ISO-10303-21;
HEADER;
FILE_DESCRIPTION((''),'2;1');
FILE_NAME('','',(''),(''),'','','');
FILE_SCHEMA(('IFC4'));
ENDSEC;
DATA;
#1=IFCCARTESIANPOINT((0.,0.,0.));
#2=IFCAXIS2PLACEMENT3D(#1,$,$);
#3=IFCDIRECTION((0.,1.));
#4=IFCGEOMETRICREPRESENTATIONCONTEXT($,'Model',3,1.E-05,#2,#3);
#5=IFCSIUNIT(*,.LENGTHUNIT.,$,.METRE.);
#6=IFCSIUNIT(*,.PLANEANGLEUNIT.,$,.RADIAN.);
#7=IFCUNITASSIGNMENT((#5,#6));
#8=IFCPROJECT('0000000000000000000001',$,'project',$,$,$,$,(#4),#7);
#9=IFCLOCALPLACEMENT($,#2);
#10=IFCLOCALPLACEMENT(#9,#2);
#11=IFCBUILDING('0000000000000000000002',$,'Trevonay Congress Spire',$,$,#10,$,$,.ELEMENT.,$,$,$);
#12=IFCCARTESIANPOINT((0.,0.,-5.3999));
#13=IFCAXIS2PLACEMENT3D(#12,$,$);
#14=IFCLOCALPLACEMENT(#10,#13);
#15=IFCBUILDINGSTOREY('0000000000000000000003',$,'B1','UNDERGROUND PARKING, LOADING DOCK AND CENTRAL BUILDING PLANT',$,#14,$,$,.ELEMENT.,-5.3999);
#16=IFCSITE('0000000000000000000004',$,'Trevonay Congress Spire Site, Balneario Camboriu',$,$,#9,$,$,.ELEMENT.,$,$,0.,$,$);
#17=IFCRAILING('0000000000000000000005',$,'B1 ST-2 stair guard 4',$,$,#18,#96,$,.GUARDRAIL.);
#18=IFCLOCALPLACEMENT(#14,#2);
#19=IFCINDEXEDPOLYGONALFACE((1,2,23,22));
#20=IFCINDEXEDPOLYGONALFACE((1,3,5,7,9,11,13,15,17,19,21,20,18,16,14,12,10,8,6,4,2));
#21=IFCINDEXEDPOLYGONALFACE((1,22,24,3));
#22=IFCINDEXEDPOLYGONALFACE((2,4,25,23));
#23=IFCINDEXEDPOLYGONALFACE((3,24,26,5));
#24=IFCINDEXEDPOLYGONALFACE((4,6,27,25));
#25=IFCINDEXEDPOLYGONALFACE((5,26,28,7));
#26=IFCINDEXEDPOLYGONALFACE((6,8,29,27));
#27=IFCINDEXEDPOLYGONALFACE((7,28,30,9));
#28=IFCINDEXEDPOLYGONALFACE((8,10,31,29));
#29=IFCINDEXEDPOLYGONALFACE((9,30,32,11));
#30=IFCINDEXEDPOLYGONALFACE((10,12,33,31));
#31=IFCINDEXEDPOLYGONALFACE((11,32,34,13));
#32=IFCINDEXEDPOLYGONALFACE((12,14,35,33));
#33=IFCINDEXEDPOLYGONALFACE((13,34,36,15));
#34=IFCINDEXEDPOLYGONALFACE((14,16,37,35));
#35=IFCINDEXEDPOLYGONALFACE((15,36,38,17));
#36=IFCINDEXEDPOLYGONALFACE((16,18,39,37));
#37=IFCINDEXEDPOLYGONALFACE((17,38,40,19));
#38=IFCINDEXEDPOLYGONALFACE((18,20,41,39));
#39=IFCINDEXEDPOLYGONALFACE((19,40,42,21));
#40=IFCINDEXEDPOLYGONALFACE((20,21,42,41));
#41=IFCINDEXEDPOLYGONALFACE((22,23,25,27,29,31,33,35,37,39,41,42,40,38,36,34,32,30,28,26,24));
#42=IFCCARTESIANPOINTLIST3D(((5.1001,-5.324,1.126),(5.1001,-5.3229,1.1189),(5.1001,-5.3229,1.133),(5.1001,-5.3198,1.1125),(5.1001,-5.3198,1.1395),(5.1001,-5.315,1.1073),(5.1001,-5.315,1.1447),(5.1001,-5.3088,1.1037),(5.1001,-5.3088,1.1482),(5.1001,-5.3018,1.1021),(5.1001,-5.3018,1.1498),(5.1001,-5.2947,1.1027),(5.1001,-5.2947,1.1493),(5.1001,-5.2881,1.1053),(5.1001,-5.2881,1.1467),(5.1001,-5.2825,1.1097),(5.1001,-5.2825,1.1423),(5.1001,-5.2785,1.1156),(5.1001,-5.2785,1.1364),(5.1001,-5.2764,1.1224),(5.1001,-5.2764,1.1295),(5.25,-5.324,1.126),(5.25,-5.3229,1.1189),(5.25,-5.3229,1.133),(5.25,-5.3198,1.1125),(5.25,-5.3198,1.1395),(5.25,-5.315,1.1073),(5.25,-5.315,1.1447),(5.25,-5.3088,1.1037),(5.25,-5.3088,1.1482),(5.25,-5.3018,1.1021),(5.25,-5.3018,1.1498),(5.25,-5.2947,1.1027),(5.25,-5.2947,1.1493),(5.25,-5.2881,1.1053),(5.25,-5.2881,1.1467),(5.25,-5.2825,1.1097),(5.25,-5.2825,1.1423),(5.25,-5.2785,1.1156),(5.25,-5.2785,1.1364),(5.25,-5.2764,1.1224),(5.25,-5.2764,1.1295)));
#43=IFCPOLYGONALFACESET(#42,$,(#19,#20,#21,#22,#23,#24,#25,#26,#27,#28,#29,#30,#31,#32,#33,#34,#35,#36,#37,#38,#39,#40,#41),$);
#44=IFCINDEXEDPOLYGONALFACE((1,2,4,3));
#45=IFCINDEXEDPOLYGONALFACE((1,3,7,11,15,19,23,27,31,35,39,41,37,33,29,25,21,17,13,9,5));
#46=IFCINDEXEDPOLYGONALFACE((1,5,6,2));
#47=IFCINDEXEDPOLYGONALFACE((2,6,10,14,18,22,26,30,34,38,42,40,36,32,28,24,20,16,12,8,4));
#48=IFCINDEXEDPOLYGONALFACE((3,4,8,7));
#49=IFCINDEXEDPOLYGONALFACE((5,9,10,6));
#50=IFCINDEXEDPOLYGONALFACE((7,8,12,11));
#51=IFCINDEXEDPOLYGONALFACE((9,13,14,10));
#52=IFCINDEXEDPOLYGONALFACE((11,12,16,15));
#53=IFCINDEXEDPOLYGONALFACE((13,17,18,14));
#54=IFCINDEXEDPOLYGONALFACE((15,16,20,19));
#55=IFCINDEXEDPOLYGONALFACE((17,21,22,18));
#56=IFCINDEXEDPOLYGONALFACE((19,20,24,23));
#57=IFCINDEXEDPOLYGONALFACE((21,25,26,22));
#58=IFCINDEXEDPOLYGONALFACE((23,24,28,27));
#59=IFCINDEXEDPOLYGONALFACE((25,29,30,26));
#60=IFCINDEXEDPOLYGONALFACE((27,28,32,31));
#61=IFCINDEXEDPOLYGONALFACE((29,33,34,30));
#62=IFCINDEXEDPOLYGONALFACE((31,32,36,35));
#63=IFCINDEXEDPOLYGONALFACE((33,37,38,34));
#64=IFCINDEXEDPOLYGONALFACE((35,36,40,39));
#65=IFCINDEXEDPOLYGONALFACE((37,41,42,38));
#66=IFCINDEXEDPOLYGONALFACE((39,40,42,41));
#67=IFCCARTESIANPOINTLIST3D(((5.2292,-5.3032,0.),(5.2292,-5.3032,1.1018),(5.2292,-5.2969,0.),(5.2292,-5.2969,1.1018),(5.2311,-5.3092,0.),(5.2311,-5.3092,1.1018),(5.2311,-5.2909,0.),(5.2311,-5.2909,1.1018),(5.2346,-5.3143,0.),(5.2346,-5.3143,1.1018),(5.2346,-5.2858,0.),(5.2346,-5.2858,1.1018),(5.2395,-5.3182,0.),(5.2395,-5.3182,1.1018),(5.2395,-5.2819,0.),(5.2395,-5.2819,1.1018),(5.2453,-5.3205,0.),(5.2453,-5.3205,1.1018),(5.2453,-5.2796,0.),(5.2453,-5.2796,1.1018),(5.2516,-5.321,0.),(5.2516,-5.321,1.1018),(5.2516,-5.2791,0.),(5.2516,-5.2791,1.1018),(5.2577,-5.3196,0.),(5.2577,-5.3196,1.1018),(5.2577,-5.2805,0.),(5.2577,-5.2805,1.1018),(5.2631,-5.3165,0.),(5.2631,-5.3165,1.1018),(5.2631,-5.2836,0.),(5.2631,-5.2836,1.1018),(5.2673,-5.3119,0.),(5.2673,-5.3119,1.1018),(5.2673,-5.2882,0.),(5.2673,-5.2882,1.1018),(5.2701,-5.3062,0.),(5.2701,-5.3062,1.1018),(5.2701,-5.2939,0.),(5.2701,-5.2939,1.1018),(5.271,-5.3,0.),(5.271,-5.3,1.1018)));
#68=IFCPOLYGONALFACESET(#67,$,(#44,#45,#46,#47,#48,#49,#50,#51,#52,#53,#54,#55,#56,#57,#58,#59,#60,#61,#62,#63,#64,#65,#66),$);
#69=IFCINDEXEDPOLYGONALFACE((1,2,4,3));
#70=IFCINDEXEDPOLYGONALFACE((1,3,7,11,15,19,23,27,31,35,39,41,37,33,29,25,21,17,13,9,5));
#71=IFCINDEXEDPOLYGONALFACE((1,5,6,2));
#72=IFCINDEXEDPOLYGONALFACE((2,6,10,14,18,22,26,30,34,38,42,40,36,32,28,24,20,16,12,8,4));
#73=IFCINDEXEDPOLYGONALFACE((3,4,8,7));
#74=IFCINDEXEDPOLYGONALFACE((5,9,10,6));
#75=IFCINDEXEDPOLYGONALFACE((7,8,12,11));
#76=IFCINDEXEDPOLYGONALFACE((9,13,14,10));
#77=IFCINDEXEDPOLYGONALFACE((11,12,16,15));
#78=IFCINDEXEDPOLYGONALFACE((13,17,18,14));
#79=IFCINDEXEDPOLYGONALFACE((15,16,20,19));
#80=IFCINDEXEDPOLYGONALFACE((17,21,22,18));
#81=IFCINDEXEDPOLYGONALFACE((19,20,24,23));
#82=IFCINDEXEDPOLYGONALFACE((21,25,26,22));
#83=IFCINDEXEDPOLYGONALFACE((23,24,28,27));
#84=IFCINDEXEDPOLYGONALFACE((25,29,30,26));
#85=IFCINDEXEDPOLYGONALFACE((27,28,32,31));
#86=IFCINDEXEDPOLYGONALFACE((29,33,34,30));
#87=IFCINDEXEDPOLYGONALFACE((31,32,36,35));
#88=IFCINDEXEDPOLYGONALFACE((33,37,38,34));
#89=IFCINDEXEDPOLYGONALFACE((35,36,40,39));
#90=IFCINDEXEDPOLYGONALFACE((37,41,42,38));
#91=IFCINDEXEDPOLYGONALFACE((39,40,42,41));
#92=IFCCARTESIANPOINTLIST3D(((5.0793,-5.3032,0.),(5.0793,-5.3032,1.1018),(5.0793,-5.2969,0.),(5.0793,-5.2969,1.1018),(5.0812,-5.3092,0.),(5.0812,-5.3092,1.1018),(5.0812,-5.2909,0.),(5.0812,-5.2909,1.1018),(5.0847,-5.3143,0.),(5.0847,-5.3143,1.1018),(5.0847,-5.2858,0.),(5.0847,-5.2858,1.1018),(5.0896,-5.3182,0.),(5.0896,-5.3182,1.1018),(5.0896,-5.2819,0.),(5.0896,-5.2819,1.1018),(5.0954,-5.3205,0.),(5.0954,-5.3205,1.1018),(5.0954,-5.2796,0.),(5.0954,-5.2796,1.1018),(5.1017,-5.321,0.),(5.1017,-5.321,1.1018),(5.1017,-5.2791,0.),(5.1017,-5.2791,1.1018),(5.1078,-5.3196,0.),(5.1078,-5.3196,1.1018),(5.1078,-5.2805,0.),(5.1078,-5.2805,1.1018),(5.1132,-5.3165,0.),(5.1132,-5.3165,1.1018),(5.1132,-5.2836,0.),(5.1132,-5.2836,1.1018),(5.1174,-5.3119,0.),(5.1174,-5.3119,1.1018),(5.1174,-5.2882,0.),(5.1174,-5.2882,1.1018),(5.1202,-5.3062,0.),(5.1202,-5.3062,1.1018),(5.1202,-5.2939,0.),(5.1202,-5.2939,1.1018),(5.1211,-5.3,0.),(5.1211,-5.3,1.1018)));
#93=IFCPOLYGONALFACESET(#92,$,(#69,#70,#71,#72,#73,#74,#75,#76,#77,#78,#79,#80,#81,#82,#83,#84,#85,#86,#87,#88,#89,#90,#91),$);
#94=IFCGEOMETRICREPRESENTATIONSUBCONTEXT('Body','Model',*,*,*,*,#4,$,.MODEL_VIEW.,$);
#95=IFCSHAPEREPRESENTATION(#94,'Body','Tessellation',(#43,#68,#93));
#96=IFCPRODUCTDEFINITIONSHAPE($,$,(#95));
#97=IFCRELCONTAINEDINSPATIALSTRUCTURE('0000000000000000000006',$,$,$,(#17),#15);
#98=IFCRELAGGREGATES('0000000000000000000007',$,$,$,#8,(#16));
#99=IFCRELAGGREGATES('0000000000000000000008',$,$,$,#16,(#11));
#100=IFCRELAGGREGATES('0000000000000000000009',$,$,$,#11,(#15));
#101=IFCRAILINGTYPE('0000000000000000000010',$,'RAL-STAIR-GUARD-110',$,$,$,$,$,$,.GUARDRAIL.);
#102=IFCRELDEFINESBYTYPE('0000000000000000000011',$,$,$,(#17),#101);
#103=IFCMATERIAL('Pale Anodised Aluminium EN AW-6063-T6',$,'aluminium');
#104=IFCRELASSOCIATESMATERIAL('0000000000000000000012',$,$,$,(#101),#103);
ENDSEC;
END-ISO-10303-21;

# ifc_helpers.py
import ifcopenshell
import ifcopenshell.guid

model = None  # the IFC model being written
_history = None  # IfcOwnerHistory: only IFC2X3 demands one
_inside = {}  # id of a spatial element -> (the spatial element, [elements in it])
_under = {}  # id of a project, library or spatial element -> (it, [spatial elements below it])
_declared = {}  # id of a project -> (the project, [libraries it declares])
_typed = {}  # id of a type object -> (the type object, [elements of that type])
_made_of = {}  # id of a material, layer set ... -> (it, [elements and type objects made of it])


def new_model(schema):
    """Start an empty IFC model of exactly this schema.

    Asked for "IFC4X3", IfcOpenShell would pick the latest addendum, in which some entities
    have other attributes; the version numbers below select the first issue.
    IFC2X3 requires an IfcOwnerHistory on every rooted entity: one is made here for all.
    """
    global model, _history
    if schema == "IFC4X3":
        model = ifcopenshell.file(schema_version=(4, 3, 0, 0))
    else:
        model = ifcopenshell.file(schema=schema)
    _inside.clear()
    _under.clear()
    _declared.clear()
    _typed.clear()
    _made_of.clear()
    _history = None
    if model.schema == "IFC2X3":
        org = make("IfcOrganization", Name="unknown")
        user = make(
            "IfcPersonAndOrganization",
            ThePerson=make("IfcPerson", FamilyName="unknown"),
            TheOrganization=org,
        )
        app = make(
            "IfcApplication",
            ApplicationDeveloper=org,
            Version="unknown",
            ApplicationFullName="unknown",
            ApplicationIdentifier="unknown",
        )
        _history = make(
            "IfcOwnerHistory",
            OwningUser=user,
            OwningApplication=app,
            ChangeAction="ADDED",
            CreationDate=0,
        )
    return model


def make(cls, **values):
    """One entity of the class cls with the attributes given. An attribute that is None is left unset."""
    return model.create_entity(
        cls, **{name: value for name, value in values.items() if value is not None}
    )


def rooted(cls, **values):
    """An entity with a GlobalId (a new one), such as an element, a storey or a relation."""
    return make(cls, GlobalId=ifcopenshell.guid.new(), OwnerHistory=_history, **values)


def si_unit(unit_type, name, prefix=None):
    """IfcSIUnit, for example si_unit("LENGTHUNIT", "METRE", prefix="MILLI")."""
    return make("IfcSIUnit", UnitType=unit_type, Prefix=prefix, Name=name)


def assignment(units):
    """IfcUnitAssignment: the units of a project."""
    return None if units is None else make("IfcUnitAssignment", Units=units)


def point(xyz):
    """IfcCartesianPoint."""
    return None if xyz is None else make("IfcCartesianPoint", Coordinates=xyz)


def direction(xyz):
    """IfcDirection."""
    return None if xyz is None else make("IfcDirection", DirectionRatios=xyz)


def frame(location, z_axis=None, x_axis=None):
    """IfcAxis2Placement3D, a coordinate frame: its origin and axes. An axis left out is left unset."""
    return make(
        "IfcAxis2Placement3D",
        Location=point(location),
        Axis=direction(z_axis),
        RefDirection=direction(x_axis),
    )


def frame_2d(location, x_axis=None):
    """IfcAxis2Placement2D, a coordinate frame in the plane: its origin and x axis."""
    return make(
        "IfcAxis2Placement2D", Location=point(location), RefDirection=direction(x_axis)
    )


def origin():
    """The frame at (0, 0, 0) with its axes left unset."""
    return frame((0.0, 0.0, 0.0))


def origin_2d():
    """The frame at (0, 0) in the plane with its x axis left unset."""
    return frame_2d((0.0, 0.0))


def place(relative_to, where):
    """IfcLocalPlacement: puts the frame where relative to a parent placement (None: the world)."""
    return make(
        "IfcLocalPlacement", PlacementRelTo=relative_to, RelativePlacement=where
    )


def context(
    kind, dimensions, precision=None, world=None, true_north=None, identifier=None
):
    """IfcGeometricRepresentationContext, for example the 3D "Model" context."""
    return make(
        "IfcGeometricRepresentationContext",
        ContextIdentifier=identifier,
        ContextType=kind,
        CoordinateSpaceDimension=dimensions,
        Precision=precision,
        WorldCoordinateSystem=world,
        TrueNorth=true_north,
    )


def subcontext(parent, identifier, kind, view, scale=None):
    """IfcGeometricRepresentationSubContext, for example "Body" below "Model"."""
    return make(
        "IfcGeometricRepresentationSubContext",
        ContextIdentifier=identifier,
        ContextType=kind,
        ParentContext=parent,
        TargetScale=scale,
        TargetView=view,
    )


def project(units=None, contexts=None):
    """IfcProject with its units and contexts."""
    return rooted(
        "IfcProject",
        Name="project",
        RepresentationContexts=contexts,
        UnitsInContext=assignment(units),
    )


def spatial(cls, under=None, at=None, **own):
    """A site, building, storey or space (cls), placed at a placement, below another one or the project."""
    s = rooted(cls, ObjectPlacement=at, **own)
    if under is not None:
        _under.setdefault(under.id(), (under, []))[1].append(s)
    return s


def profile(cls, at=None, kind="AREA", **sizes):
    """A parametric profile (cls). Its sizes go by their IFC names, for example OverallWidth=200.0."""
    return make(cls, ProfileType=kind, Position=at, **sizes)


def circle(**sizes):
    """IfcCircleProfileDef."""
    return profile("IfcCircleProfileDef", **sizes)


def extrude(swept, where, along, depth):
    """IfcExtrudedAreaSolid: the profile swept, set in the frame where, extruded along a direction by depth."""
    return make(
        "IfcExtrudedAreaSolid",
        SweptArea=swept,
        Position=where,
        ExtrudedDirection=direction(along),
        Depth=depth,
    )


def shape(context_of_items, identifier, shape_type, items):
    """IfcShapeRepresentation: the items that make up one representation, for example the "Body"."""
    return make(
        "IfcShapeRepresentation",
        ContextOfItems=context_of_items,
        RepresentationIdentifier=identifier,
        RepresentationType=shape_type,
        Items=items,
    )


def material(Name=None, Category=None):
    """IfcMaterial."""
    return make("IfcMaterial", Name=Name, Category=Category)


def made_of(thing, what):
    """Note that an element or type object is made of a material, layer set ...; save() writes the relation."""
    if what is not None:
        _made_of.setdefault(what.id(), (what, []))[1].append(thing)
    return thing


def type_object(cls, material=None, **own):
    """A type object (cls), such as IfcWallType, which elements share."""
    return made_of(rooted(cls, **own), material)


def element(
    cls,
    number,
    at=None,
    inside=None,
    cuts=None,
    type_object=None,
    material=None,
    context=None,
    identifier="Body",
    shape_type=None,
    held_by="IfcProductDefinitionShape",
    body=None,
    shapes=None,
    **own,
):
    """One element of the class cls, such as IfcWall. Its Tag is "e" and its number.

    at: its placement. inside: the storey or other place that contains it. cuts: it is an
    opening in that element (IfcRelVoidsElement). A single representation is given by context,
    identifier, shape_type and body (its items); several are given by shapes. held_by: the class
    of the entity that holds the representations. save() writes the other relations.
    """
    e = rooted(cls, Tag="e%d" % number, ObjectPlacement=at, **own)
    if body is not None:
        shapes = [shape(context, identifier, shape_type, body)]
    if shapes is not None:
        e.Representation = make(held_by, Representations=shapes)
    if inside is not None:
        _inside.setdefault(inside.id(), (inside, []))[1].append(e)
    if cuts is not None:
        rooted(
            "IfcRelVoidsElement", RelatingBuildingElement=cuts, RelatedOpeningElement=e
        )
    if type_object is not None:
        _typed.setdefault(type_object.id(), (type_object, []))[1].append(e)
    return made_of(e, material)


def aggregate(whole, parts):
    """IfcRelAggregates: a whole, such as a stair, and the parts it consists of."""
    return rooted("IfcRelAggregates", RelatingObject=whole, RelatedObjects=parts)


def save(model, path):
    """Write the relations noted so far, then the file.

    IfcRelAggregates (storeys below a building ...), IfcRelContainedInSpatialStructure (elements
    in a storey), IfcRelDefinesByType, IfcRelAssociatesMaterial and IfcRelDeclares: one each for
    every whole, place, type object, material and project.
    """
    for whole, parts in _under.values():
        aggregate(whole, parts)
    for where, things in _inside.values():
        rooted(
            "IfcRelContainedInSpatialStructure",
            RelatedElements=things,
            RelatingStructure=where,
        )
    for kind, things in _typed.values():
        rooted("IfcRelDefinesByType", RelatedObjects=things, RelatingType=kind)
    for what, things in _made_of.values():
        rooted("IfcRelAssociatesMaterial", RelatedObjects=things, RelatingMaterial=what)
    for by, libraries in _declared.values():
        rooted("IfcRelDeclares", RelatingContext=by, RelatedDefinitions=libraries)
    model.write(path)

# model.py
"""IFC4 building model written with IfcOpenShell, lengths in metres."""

from ifc_helpers import new_model, si_unit, direction, frame, origin, origin_2d, place, context, subcontext, project, spatial, circle, extrude, material, type_object, element, save


model = new_model("IFC4")

# Units and contexts
model_context = context("Model", 3, precision=1e-05, world=origin(), true_north=direction((0.0, 1.0)))
body_context = subcontext(model_context, "Body", "Model", "MODEL_VIEW")
ifc_project = project(units=[si_unit("LENGTHUNIT", "METRE"), si_unit("PLANEANGLEUNIT", "RADIAN")], contexts=[model_context])

# Site, building, storey
site_placement = place(None, origin())
site = spatial("IfcSite", under=ifc_project, at=site_placement, Name="Trevonay Congress Spire Site, Balneario Camboriu", CompositionType="ELEMENT", RefElevation=0.0)
building_placement = place(site_placement, origin())
building = spatial("IfcBuilding", under=site, at=building_placement, Name="Trevonay Congress Spire", CompositionType="ELEMENT")
storey_placement = place(building_placement, frame((0.0, 0.0, -5.3999)))
storey = spatial("IfcBuildingStorey", under=building, at=storey_placement, Name="B1", Description="UNDERGROUND PARKING, LOADING DOCK AND CENTRAL BUILDING PLANT", CompositionType="ELEMENT", Elevation=-5.3999)

# Railing
ifc_material_1 = material(Name="Pale Anodised Aluminium EN AW-6063-T6", Category="aluminium")
railing_type_1 = type_object("IfcRailingType", Name="RAL-STAIR-GUARD-110", PredefinedType="GUARDRAIL", material=ifc_material_1)
railing_1_placement = place(storey_placement, frame((5.25, -5.3, 0.0)))
element("IfcRailing", 1, at=railing_1_placement, inside=storey, type_object=railing_type_1, Name="B1 ST-2 stair guard 4", PredefinedType="GUARDRAIL", context=body_context, shape_type="SweptSolid", body=[
    extrude(circle(Radius=0.0239, at=origin_2d()), frame((0.0, 0.0, 1.126), z_axis=(-1.0, 0.0, 0.0), x_axis=(0.0, -1.0, 0.0)), (0.0, 0.0, 1.0), 0.1499),
    extrude(circle(Radius=0.021, at=origin_2d()), origin(), (0.0, 0.0, 1.0), 1.1018),
    extrude(circle(Radius=0.021, at=origin_2d()), frame((-0.1499, 0.0, 0.0)), (0.0, 0.0, 1.0), 1.1018),
])

save(model, "model.ifc")
